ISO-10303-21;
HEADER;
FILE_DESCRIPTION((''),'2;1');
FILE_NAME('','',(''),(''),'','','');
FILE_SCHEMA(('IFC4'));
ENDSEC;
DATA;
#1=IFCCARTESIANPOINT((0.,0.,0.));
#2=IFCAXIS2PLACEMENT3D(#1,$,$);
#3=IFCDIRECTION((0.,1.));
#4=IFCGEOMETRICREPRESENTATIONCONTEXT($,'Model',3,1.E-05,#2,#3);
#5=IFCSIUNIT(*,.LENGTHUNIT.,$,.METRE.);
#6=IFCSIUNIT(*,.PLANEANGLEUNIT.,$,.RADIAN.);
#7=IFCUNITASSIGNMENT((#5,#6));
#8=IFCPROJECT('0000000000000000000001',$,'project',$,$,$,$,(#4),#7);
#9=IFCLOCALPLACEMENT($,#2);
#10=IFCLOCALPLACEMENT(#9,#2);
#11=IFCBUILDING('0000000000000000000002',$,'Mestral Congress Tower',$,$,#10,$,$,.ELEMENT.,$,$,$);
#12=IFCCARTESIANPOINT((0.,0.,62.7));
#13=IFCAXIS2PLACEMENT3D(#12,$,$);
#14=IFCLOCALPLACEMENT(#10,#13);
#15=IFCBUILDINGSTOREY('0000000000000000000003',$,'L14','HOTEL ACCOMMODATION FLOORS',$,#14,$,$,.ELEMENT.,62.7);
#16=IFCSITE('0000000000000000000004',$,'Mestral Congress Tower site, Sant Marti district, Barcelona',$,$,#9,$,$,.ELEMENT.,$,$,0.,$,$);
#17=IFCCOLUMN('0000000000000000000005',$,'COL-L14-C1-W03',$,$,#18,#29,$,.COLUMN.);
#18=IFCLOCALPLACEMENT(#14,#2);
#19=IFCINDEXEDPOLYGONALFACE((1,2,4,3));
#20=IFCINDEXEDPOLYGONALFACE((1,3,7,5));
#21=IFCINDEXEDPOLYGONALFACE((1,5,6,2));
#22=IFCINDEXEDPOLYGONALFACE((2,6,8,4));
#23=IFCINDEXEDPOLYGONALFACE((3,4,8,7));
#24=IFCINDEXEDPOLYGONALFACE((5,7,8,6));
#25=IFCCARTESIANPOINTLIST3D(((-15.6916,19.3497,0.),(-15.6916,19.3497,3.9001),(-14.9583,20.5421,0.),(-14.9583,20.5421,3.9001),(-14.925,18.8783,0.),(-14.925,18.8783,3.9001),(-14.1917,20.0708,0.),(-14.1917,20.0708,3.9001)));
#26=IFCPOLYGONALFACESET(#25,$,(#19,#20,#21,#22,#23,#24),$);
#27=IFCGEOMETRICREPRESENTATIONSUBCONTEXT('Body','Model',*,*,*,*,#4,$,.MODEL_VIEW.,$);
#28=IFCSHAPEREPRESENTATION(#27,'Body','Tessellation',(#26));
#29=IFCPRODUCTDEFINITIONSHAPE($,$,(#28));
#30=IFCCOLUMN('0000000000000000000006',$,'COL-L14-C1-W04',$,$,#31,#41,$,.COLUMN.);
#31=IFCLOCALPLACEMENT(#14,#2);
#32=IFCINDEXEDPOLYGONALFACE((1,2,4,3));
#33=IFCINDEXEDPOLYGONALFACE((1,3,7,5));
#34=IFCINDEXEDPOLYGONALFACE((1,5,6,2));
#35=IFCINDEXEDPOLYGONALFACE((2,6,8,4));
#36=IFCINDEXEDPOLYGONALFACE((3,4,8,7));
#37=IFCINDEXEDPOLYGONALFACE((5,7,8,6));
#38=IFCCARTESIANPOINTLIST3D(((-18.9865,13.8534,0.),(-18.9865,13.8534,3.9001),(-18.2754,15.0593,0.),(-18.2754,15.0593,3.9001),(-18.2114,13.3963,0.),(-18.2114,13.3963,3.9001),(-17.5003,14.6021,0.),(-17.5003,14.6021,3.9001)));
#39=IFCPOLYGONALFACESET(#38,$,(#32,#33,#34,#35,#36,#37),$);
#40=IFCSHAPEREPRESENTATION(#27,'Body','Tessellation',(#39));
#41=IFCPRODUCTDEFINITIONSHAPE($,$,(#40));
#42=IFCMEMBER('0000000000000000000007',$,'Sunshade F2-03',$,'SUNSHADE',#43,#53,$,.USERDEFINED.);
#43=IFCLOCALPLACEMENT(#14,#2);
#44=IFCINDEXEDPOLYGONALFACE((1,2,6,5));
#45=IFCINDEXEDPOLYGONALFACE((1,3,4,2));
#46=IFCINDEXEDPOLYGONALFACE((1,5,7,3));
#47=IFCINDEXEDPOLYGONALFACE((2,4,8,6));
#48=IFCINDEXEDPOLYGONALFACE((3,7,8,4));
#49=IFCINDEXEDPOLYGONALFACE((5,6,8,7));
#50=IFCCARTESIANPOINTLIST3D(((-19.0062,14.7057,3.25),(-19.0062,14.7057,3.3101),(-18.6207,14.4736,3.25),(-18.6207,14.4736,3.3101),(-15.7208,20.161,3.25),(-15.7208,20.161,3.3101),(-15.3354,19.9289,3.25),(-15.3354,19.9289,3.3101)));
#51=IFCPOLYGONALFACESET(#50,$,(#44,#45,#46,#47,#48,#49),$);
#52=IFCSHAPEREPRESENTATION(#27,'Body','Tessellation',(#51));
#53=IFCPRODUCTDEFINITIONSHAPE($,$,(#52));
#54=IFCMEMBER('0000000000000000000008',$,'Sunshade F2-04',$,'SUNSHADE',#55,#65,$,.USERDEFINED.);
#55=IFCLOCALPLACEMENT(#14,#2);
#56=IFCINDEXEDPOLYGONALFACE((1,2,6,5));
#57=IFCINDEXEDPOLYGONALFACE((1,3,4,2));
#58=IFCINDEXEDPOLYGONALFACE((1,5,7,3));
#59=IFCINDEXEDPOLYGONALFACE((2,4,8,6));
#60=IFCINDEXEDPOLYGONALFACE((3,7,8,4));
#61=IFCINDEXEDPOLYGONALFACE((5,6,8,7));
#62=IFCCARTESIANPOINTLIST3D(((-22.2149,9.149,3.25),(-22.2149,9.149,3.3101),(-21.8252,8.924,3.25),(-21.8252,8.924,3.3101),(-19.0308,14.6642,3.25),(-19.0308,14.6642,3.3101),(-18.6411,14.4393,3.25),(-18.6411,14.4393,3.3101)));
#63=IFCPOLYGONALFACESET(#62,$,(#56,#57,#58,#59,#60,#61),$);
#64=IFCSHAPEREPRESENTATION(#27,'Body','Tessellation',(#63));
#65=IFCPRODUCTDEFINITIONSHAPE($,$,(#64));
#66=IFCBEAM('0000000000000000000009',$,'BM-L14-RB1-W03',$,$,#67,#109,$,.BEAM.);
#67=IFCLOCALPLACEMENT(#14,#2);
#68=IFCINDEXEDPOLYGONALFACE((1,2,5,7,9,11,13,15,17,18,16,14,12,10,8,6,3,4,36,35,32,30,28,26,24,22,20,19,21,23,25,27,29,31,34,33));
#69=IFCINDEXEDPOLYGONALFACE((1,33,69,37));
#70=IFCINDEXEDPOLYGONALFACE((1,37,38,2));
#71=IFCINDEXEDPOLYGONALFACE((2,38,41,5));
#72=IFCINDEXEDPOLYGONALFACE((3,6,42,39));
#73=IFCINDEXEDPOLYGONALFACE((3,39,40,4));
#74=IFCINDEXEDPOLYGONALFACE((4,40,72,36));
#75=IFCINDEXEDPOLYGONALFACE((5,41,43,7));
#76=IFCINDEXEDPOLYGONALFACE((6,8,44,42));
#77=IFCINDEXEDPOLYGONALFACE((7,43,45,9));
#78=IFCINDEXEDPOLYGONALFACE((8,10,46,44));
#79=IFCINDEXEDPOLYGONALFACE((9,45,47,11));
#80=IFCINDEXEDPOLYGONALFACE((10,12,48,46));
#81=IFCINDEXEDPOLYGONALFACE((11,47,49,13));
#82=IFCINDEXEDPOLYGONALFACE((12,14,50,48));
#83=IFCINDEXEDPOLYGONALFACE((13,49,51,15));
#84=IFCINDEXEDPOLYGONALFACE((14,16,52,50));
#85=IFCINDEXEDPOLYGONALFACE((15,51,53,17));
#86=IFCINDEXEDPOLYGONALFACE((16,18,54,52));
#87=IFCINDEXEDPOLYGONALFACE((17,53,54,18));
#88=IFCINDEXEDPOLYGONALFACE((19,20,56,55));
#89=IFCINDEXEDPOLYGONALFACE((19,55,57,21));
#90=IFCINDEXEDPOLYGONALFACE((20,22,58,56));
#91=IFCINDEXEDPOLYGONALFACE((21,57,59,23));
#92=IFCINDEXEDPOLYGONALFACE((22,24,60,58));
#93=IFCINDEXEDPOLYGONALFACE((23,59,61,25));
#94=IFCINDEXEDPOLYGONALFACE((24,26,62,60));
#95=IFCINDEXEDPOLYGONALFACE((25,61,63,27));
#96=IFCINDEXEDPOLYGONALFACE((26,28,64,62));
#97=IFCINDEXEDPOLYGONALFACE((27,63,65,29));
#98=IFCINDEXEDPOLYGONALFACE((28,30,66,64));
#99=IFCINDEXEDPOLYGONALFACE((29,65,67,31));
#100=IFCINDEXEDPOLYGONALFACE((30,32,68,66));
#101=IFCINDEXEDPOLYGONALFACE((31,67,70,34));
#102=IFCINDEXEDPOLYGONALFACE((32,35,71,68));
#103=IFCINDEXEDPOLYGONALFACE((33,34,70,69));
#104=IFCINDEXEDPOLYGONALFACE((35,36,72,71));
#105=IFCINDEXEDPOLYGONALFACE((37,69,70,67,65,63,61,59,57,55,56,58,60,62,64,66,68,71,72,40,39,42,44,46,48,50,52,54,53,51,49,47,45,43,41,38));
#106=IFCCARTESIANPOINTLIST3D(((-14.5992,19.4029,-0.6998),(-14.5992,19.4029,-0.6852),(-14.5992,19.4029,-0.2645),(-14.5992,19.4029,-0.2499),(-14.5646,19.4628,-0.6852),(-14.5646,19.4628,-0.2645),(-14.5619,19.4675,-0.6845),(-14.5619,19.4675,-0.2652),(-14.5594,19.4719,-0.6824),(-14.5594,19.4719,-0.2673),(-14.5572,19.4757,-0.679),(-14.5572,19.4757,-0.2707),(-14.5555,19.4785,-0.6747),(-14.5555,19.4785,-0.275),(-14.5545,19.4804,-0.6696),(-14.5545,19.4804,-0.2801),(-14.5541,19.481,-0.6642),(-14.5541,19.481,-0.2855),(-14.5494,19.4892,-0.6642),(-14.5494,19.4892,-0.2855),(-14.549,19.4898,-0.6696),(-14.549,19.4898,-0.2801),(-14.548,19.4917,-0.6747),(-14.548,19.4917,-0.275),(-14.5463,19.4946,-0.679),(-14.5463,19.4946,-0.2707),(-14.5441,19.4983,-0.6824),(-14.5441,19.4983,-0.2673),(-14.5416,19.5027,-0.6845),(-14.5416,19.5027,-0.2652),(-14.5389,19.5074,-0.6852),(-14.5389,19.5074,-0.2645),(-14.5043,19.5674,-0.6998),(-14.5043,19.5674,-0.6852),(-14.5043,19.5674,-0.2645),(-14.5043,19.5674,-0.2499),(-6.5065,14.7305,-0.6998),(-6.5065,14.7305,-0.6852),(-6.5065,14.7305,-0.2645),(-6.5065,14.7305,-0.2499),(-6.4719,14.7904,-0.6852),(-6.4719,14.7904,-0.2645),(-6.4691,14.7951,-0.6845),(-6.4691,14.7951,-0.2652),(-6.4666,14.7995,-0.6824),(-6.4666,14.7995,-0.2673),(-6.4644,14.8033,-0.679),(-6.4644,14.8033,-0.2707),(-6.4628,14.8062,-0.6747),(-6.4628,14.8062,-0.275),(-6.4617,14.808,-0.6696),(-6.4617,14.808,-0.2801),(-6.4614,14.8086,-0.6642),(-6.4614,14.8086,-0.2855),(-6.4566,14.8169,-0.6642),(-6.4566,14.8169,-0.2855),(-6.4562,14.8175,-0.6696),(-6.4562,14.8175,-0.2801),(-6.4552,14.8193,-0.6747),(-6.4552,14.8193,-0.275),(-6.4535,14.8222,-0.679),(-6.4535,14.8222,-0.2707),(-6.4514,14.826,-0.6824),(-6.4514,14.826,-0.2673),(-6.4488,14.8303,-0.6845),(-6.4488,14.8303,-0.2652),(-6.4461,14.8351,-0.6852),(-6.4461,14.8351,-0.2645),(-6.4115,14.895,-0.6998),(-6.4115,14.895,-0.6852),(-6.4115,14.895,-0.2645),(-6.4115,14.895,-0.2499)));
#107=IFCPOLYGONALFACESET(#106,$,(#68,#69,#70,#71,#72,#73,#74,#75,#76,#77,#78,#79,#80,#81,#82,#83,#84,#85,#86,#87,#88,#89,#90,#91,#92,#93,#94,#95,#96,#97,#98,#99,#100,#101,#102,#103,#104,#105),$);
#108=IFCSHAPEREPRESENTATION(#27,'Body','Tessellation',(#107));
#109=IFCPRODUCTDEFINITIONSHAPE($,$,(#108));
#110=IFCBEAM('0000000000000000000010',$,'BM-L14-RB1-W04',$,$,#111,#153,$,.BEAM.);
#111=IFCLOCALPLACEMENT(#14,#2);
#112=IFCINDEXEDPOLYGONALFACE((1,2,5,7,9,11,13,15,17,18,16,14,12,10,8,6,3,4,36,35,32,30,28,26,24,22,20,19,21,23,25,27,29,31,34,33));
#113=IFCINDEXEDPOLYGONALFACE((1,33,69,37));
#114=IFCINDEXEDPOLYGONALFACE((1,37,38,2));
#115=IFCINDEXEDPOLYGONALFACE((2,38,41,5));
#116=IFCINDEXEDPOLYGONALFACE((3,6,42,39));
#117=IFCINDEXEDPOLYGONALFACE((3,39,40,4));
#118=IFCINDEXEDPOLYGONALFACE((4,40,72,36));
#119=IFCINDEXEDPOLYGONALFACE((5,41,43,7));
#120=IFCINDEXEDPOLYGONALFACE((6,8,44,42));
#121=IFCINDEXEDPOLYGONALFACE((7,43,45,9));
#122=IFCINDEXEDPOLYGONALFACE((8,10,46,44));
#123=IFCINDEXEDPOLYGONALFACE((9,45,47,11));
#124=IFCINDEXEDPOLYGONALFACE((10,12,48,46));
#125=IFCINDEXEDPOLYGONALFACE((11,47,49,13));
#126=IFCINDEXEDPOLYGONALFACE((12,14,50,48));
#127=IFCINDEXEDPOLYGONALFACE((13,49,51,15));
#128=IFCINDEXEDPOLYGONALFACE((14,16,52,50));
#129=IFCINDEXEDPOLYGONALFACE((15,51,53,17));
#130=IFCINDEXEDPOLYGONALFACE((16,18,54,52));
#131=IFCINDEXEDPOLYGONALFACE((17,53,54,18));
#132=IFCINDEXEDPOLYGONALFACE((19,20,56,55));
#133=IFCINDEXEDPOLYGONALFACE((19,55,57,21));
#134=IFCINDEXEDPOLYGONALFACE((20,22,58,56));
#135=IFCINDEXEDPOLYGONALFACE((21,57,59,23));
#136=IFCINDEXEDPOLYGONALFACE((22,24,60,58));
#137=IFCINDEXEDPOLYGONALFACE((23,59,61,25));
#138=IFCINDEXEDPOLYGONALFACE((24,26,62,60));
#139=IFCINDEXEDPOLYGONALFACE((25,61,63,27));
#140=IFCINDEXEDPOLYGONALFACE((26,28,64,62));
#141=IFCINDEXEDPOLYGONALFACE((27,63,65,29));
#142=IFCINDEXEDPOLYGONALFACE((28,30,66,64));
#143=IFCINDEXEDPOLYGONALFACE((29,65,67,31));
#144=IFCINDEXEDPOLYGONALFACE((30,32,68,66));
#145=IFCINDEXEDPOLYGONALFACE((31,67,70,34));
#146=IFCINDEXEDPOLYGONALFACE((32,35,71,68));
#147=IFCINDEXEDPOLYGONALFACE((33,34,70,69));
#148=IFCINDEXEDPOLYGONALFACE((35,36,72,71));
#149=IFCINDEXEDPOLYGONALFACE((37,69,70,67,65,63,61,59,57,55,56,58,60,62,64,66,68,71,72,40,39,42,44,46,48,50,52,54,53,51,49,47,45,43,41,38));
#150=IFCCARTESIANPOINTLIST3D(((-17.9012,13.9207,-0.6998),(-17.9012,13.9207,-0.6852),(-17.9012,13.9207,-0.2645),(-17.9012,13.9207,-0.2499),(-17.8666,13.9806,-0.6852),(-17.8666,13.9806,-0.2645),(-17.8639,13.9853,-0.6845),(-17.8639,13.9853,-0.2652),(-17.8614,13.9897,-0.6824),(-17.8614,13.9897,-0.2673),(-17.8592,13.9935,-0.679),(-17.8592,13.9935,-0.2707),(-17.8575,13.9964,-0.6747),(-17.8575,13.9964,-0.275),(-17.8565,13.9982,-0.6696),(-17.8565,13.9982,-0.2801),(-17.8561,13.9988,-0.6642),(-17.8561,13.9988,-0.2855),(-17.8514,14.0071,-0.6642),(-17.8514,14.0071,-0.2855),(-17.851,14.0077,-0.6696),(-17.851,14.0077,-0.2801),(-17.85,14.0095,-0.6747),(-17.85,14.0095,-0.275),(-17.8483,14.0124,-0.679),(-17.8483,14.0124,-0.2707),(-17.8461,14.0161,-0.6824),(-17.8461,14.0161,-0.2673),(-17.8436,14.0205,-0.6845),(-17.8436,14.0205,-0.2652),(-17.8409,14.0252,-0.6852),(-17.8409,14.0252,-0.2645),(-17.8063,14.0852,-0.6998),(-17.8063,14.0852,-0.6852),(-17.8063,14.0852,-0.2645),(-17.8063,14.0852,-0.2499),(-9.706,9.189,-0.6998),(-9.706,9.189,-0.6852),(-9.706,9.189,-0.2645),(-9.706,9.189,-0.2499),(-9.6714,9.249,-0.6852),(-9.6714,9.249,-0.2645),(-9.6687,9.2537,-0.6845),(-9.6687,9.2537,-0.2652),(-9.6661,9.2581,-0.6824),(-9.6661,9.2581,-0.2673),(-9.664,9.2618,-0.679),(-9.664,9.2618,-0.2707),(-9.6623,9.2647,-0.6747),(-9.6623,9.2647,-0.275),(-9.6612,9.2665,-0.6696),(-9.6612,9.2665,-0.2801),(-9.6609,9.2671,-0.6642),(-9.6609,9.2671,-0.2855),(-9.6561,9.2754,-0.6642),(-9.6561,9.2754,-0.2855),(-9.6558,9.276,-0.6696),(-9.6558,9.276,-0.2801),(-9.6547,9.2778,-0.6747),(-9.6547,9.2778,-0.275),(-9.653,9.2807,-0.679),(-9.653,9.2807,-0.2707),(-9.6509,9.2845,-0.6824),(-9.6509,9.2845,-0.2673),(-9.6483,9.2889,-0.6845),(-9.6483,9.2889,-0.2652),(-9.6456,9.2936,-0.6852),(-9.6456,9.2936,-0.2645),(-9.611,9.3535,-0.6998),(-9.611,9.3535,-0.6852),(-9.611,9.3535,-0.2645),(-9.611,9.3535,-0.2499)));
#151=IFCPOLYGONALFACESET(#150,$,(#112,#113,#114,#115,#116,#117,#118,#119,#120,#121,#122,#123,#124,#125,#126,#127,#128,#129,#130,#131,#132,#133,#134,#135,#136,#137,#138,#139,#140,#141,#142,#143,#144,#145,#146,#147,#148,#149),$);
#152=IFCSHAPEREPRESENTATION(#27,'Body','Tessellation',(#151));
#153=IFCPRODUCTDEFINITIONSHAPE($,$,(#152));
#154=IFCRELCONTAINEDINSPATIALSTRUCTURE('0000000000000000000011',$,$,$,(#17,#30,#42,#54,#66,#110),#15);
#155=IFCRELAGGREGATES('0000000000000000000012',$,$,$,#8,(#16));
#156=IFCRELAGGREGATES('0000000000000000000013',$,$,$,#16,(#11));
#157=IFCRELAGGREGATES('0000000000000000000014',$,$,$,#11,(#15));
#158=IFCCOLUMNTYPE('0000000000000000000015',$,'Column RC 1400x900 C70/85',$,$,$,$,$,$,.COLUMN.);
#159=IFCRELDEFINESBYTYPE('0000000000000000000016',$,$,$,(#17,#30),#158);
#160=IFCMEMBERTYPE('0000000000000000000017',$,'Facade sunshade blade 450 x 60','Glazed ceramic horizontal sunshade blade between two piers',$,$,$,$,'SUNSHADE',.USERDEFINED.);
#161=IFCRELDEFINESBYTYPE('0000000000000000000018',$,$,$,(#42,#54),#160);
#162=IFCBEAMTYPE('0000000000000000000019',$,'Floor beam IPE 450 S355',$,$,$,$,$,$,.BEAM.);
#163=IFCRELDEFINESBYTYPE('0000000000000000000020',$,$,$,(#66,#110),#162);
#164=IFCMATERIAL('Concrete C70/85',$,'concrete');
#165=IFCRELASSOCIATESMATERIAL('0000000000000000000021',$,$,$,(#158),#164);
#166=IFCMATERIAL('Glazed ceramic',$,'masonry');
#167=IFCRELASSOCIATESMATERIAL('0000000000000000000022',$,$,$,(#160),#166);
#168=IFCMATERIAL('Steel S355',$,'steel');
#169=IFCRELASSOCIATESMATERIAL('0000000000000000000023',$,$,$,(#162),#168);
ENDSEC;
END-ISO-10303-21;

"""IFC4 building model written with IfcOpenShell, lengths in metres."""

from ifc_helpers import new_model, si_unit, direction, frame, origin, origin_2d, place, context, subcontext, project, spatial, rectangle, i_section, extrude, material, material_profile, profile_set, type_object, element, save


model = new_model("IFC4")

# Units and contexts
model_context = context("Model", 3, precision=1e-05, world=origin(), true_north=direction((0.0, 1.0)))
body_context = subcontext(model_context, "Body", "Model", "MODEL_VIEW")
ifc_project = project(units=[si_unit("LENGTHUNIT", "METRE"), si_unit("PLANEANGLEUNIT", "RADIAN")], contexts=[model_context])

# Site, building, storey
site_placement = place(None, origin())
site = spatial("IfcSite", under=ifc_project, at=site_placement, Name="Mestral Congress Tower site, Sant Marti district, Barcelona", CompositionType="ELEMENT", RefElevation=0.0)
building_placement = place(site_placement, origin())
building = spatial("IfcBuilding", under=site, at=building_placement, Name="Mestral Congress Tower", CompositionType="ELEMENT")
storey_placement = place(building_placement, frame((0.0, 0.0, 62.7)))
storey = spatial("IfcBuildingStorey", under=building, at=storey_placement, Name="L14", Description="HOTEL ACCOMMODATION FLOORS", CompositionType="ELEMENT", Elevation=62.7)

# Columns
ifc_material_1 = material(Name="Concrete C70/85", Category="concrete")
ifc_material_profile_1 = material_profile(ifc_material_1, rectangle(XDim=1.3999, YDim=0.8999, at=origin_2d()), Name="RC 1400x900")
ifc_profile_set_1 = profile_set([ifc_material_profile_1], Name="Concrete C70/85")
column_type = type_object("IfcColumnType", Name="Column RC 1400x900 C70/85", PredefinedType="COLUMN", material=ifc_profile_set_1)
for number, where, z_axis, x_axis, name in (
    (1, (-14.9417, 19.7102, 0.0), (0.0, 0.0, 1.0), (-0.523819, -0.851829, 0.0), "COL-L14-C1-W03"),
    (2, (-18.2434, 14.2278, 0.0), (0.0, 0.0, 1.0), (-0.507983, -0.861367, 0.0), "COL-L14-C1-W04"),
):
    element("IfcColumn", number, at=place(storey_placement, frame(where, z_axis=z_axis, x_axis=x_axis)), inside=storey, type_object=column_type, Name=name, PredefinedType="COLUMN", context=body_context, shape_type="SweptSolid", body=[
        extrude(rectangle(XDim=1.3999, YDim=0.8999, at=origin_2d()), origin(), (0.0, 0.0, 1.0), 3.9001),
    ])

# Members
ifc_material_2 = material(Name="Glazed ceramic", Category="masonry")
ifc_material_profile_2 = material_profile(ifc_material_2, rectangle(XDim=0.45, YDim=0.0601, at=origin_2d()), Name="Ceramic blade 450 x 60")
ifc_profile_set_2 = profile_set([ifc_material_profile_2], Name="Glazed ceramic")
member_type = type_object("IfcMemberType", Name="Facade sunshade blade 450 x 60", Description="Glazed ceramic horizontal sunshade blade between two piers", ElementType="SUNSHADE", PredefinedType="USERDEFINED", material=ifc_profile_set_2)
member_1_placement = place(storey_placement, frame((-15.5281, 20.0449, 3.28), z_axis=(-0.515905, -0.856646, 0.0), x_axis=(0.856646, -0.515905, 0.0)))
element("IfcMember", 3, at=member_1_placement, inside=storey, type_object=member_type, Name="Sunshade F2-03", ObjectType="SUNSHADE", PredefinedType="USERDEFINED", context=body_context, shape_type="SweptSolid", body=[
    extrude(rectangle(XDim=0.45, YDim=0.0601, at=origin_2d()), origin(), (0.0, 0.0, 1.0), 6.3682),
])
member_2_placement = place(storey_placement, frame((-18.8359, 14.5518, 3.28), z_axis=(-0.49999, -0.866031, 0.0), x_axis=(0.866031, -0.49999, 0.0)))
element("IfcMember", 4, at=member_2_placement, inside=storey, type_object=member_type, Name="Sunshade F2-04", ObjectType="SUNSHADE", PredefinedType="USERDEFINED", context=body_context, shape_type="SweptSolid", body=[
    extrude(rectangle(XDim=0.45, YDim=0.0601, at=origin_2d()), origin(), (0.0, 0.0, 1.0), 6.3684),
])

# Beams
ifc_material_3 = material(Name="Steel S355", Category="steel")
ifc_material_profile_3 = material_profile(ifc_material_3, i_section(OverallWidth=0.1899, OverallDepth=0.45, WebThickness=0.0095, FlangeThickness=0.0146, FilletRadius=0.021, at=origin_2d()), Name="IPE 450")
ifc_profile_set_3 = profile_set([ifc_material_profile_3], Name="Steel S355")
beam_type_1 = type_object("IfcBeamType", Name="Floor beam IPE 450 S355", PredefinedType="BEAM", material=ifc_profile_set_3)
beam_1_placement = place(storey_placement, frame((-14.5518, 19.4851, -0.4749), z_axis=(0.866025, -0.5, 0.0), x_axis=(0.5, 0.866025, 0.0)))
element("IfcBeam", 5, at=beam_1_placement, inside=storey, type_object=beam_type_1, Name="BM-L14-RB1-W03", PredefinedType="BEAM", context=body_context, shape_type="SweptSolid", body=[
    extrude(i_section(OverallWidth=0.1899, OverallDepth=0.45, WebThickness=0.0095, FlangeThickness=0.0146, FilletRadius=0.021, at=origin_2d()), origin(), (0.0, 0.0, 1.0), 9.3447),
])
beam_2_placement = place(storey_placement, frame((-17.8538, 14.0029, -0.4749), z_axis=(0.86602, -0.50001, 0.0), x_axis=(0.50001, 0.86602, 0.0)))
element("IfcBeam", 6, at=beam_2_placement, inside=storey, type_object=beam_type_1, Name="BM-L14-RB1-W04", PredefinedType="BEAM", context=body_context, shape_type="SweptSolid", body=[
    extrude(i_section(OverallWidth=0.1899, OverallDepth=0.45, WebThickness=0.0095, FlangeThickness=0.0146, FilletRadius=0.021, at=origin_2d()), origin(), (0.0, 0.0, 1.0), 9.4631),
])

save(model, "model.ifc")
